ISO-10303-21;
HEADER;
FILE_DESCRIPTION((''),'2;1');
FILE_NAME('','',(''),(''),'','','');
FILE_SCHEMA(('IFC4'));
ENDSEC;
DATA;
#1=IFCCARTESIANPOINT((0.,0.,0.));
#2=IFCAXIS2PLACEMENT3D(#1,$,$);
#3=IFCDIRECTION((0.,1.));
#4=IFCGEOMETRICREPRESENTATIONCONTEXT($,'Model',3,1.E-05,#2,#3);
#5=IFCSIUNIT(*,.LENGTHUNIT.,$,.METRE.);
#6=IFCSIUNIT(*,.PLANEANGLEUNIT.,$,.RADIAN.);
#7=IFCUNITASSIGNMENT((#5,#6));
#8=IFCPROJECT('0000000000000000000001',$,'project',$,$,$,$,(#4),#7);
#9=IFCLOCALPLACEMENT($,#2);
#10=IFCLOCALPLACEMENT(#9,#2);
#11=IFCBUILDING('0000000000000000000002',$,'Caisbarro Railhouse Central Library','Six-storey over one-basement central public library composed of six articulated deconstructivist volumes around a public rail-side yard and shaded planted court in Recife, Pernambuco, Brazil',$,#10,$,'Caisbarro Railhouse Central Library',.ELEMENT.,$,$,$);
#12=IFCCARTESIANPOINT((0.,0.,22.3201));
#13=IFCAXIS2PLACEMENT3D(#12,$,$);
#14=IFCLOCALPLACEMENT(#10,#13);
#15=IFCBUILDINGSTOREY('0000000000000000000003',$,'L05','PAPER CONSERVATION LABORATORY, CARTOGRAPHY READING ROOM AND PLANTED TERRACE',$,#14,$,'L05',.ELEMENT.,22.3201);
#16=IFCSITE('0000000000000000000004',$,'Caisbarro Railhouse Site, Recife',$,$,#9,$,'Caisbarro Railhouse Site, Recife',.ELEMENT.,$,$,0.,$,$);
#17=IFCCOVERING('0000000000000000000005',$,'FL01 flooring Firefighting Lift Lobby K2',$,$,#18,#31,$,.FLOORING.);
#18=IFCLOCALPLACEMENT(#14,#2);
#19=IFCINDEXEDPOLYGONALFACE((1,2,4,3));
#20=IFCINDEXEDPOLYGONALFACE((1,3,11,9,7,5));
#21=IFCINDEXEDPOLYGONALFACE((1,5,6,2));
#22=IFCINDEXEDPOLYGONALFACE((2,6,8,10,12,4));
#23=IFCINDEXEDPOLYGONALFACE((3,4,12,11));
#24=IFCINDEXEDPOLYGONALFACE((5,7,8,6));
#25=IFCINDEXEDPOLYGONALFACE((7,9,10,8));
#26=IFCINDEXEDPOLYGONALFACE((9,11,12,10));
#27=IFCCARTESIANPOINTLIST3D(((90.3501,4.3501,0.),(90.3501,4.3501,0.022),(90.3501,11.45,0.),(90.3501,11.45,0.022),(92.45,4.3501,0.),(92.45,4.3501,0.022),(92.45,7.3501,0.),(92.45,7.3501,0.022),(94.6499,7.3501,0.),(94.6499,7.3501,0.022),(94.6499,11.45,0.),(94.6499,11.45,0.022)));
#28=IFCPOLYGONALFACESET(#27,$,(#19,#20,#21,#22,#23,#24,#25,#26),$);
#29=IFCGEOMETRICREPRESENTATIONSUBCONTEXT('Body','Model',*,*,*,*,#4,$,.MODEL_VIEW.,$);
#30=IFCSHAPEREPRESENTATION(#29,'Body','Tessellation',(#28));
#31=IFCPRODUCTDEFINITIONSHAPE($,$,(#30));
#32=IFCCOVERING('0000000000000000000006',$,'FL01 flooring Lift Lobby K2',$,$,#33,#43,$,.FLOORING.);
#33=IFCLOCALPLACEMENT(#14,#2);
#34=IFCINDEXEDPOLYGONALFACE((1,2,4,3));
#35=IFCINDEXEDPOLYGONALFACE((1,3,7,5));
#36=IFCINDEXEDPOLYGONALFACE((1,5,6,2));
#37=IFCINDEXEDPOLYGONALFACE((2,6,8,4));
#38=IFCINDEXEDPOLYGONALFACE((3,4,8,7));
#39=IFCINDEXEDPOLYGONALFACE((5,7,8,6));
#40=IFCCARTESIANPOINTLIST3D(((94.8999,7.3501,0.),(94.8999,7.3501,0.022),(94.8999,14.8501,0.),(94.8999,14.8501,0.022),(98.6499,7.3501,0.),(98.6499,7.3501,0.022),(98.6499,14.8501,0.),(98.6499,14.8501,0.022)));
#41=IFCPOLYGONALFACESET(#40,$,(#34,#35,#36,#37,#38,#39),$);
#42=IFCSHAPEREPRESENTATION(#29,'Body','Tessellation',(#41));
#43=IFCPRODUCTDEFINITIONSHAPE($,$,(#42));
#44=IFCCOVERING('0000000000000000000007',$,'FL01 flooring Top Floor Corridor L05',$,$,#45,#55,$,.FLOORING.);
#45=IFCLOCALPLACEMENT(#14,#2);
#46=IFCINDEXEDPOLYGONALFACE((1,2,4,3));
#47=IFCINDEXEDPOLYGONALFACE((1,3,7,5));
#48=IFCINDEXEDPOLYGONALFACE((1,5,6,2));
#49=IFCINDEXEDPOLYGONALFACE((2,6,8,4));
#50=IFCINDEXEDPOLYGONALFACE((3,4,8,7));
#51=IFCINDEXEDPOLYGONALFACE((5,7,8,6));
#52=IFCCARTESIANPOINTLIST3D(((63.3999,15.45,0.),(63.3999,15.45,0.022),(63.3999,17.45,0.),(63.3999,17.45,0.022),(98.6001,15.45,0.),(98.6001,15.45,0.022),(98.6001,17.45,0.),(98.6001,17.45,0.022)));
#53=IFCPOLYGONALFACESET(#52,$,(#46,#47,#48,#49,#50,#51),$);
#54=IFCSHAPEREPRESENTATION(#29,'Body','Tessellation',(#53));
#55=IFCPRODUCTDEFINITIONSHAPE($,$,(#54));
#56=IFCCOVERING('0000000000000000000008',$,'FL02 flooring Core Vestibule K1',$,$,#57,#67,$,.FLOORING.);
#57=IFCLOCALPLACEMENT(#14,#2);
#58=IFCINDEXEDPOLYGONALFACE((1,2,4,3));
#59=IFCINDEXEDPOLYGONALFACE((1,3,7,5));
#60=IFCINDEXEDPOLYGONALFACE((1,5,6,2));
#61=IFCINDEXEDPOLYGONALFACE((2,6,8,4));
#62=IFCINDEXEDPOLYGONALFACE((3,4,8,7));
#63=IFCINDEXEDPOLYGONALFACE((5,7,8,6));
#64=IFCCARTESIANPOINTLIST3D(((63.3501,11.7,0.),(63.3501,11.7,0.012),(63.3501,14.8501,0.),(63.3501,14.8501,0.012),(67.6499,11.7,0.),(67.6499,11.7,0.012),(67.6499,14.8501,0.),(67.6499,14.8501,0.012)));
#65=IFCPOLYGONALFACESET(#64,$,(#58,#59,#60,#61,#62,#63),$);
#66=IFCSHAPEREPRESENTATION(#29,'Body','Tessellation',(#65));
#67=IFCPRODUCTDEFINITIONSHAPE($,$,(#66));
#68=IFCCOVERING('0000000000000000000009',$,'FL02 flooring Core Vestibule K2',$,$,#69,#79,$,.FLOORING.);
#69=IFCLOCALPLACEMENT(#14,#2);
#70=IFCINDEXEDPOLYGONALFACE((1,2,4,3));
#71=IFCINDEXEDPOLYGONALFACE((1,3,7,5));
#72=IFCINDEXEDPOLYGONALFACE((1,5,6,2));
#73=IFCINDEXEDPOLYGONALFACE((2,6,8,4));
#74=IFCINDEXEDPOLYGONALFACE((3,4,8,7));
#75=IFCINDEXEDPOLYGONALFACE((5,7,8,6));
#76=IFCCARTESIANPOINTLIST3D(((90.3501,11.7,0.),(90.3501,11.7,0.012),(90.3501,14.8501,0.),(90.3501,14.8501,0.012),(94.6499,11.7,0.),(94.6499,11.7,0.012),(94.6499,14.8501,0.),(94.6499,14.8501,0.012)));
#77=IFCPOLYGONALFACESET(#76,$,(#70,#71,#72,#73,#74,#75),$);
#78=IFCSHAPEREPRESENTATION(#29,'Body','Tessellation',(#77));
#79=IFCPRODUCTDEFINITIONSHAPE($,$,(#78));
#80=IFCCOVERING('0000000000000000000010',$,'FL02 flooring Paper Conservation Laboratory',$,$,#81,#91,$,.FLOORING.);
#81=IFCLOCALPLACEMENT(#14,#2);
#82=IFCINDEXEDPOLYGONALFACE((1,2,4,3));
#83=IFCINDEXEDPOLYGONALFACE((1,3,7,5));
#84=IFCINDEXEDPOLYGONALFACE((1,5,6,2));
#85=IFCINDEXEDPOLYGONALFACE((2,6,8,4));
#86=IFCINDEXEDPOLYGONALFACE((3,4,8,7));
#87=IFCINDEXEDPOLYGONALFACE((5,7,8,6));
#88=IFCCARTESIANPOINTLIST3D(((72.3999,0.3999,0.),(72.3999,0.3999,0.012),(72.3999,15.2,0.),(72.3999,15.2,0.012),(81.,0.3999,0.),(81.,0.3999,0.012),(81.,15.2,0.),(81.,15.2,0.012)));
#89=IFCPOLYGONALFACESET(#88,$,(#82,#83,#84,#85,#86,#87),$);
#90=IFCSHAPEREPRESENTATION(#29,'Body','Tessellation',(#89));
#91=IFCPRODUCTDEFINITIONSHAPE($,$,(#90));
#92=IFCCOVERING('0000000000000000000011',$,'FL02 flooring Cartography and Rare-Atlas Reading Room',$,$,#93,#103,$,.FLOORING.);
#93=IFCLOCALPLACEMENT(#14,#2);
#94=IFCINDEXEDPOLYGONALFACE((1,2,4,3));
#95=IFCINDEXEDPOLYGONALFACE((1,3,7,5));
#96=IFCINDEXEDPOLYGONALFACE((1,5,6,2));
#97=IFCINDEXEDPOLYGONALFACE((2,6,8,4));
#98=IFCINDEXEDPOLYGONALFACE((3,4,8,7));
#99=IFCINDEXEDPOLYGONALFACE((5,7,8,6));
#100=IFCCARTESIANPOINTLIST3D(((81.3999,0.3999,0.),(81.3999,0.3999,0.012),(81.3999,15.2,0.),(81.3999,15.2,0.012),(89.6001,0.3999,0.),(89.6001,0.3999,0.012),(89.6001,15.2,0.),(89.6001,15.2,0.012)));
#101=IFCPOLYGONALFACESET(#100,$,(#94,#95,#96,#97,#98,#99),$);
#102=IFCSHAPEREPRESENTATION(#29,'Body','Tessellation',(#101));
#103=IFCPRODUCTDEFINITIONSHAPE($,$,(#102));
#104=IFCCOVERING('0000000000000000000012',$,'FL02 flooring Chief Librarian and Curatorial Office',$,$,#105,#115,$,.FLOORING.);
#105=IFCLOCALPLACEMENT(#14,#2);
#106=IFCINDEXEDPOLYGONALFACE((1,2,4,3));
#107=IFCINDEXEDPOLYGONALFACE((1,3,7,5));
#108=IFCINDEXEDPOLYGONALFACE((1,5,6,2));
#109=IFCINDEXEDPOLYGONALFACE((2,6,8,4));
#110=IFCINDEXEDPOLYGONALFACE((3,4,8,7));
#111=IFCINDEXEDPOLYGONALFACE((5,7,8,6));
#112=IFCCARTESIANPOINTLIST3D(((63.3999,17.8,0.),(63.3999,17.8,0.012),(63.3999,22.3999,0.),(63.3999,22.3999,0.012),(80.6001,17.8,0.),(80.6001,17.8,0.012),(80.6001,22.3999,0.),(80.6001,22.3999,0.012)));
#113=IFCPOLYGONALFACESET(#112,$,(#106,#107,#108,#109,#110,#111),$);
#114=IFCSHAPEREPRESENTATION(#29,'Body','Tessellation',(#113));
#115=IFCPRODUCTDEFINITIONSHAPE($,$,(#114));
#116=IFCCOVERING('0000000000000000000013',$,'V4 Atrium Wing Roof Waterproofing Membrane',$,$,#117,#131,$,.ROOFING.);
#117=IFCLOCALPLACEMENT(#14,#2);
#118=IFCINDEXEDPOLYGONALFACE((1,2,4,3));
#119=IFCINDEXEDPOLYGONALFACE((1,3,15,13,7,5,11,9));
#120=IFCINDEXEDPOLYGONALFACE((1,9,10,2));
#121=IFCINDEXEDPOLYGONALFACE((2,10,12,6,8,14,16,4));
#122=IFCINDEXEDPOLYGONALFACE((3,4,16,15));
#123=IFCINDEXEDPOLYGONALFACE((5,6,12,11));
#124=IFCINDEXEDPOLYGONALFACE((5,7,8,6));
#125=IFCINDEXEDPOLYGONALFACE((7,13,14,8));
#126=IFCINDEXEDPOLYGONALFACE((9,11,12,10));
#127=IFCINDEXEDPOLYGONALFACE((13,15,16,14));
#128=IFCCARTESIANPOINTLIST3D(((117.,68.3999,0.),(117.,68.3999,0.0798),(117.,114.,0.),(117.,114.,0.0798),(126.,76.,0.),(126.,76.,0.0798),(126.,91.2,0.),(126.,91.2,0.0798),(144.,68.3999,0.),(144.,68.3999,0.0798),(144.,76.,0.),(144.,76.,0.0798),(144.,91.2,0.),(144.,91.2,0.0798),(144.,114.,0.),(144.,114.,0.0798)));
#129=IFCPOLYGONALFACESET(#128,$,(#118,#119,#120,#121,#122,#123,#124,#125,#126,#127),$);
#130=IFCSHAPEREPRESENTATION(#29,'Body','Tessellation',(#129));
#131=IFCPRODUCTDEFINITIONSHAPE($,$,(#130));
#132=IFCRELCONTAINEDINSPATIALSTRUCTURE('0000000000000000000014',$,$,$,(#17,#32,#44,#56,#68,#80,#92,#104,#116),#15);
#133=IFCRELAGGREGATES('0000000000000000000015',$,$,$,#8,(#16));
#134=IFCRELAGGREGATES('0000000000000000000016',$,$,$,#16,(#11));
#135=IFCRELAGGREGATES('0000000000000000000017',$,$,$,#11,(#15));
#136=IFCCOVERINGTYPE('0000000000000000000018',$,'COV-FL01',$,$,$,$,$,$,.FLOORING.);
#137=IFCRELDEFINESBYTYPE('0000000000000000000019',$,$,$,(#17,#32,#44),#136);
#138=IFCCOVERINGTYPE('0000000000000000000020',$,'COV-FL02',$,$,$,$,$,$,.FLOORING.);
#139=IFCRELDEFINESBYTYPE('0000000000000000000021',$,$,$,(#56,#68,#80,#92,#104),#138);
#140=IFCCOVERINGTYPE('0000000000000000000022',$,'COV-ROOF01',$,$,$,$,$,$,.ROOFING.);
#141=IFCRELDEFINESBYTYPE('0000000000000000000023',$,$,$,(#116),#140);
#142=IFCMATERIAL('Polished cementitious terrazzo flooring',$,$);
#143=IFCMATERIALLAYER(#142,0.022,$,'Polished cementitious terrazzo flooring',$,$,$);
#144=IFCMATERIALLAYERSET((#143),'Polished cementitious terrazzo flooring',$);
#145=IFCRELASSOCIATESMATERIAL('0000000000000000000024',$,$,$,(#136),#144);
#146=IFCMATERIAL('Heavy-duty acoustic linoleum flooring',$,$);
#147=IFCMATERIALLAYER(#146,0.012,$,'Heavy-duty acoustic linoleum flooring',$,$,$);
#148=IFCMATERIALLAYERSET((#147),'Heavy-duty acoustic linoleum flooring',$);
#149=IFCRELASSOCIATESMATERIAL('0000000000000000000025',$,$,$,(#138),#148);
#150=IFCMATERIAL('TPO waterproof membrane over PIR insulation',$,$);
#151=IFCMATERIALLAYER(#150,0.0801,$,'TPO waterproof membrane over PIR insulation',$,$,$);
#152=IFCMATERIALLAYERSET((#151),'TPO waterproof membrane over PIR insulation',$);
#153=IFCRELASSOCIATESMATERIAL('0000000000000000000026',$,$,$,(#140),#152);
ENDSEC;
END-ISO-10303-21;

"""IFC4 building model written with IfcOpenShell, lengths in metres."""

from ifc_helpers import new_model, si_unit, direction, frame, origin, place, context, subcontext, project, spatial, polyline, outline, extrude, material, layer, layer_set, type_object, element, save


model = new_model("IFC4")

# Units and contexts
model_context = context("Model", 3, precision=1e-05, world=origin(), true_north=direction((0.0, 1.0)))
body_context = subcontext(model_context, "Body", "Model", "MODEL_VIEW")
ifc_project = project(units=[si_unit("LENGTHUNIT", "METRE"), si_unit("PLANEANGLEUNIT", "RADIAN")], contexts=[model_context])

# Site, building, storey
site_placement = place(None, origin())
site = spatial("IfcSite", under=ifc_project, at=site_placement, Name="Caisbarro Railhouse Site, Recife", LongName="Caisbarro Railhouse Site, Recife", CompositionType="ELEMENT", RefElevation=0.0)
building_placement = place(site_placement, origin())
building = spatial("IfcBuilding", under=site, at=building_placement, Name="Caisbarro Railhouse Central Library", Description="Six-storey over one-basement central public library composed of six articulated deconstructivist volumes around a public rail-side yard and shaded planted court in Recife, Pernambuco, Brazil", LongName="Caisbarro Railhouse Central Library", CompositionType="ELEMENT")
storey_placement = place(building_placement, frame((0.0, 0.0, 22.3201)))
storey = spatial("IfcBuildingStorey", under=building, at=storey_placement, Name="L05", Description="PAPER CONSERVATION LABORATORY, CARTOGRAPHY READING ROOM AND PLANTED TERRACE", LongName="L05", CompositionType="ELEMENT", Elevation=22.3201)

# Coverings
ifc_material_1 = material(Name="Polished cementitious terrazzo flooring")
ifc_layer_1 = layer(ifc_material_1, 0.022, Name="Polished cementitious terrazzo flooring")
ifc_layer_set_1 = layer_set([ifc_layer_1], Name="Polished cementitious terrazzo flooring")
covering_type_1 = type_object("IfcCoveringType", Name="COV-FL01", PredefinedType="FLOORING", material=ifc_layer_set_1)
covering_1_placement = place(storey_placement, origin())
element("IfcCovering", 1, at=covering_1_placement, inside=storey, type_object=covering_type_1, Name="FL01 flooring Firefighting Lift Lobby K2", PredefinedType="FLOORING", context=body_context, shape_type="SweptSolid", body=[
    extrude(outline(polyline([(90.3501, 4.3501), (92.45, 4.3501), (92.45, 7.3501), (94.6499, 7.3501), (94.6499, 11.45), (90.3501, 11.45), (90.3501, 4.3501)])), origin(), (0.0, 0.0, 1.0), 0.022),
])
covering_2_placement = place(storey_placement, origin())
element("IfcCovering", 2, at=covering_2_placement, inside=storey, type_object=covering_type_1, Name="FL01 flooring Lift Lobby K2", PredefinedType="FLOORING", context=body_context, shape_type="SweptSolid", body=[
    extrude(outline(polyline([(94.8999, 7.3501), (98.6499, 7.3501), (98.6499, 14.8501), (94.8999, 14.8501), (94.8999, 7.3501)])), origin(), (0.0, 0.0, 1.0), 0.022),
])
covering_3_placement = place(storey_placement, origin())
element("IfcCovering", 3, at=covering_3_placement, inside=storey, type_object=covering_type_1, Name="FL01 flooring Top Floor Corridor L05", PredefinedType="FLOORING", context=body_context, shape_type="SweptSolid", body=[
    extrude(outline(polyline([(63.3999, 15.45), (98.6001, 15.45), (98.6001, 17.45), (63.3999, 17.45), (63.3999, 15.45)])), origin(), (0.0, 0.0, 1.0), 0.022),
])
ifc_material_2 = material(Name="Heavy-duty acoustic linoleum flooring")
ifc_layer_2 = layer(ifc_material_2, 0.012, Name="Heavy-duty acoustic linoleum flooring")
ifc_layer_set_2 = layer_set([ifc_layer_2], Name="Heavy-duty acoustic linoleum flooring")
covering_type_2 = type_object("IfcCoveringType", Name="COV-FL02", PredefinedType="FLOORING", material=ifc_layer_set_2)
covering_4_placement = place(storey_placement, origin())
element("IfcCovering", 4, at=covering_4_placement, inside=storey, type_object=covering_type_2, Name="FL02 flooring Core Vestibule K1", PredefinedType="FLOORING", context=body_context, shape_type="SweptSolid", body=[
    extrude(outline(polyline([(63.3501, 11.7), (67.6499, 11.7), (67.6499, 14.8501), (63.3501, 14.8501), (63.3501, 11.7)])), origin(), (0.0, 0.0, 1.0), 0.012),
])
covering_5_placement = place(storey_placement, origin())
element("IfcCovering", 5, at=covering_5_placement, inside=storey, type_object=covering_type_2, Name="FL02 flooring Core Vestibule K2", PredefinedType="FLOORING", context=body_context, shape_type="SweptSolid", body=[
    extrude(outline(polyline([(90.3501, 11.7), (94.6499, 11.7), (94.6499, 14.8501), (90.3501, 14.8501), (90.3501, 11.7)])), origin(), (0.0, 0.0, 1.0), 0.012),
])
covering_6_placement = place(storey_placement, origin())
element("IfcCovering", 6, at=covering_6_placement, inside=storey, type_object=covering_type_2, Name="FL02 flooring Paper Conservation Laboratory", PredefinedType="FLOORING", context=body_context, shape_type="SweptSolid", body=[
    extrude(outline(polyline([(72.3999, 0.3999), (81.0, 0.3999), (81.0, 15.2), (72.3999, 15.2), (72.3999, 0.3999)])), origin(), (0.0, 0.0, 1.0), 0.012),
])
covering_7_placement = place(storey_placement, origin())
element("IfcCovering", 7, at=covering_7_placement, inside=storey, type_object=covering_type_2, Name="FL02 flooring Cartography and Rare-Atlas Reading Room", PredefinedType="FLOORING", context=body_context, shape_type="SweptSolid", body=[
    extrude(outline(polyline([(81.3999, 0.3999), (89.6001, 0.3999), (89.6001, 15.2), (81.3999, 15.2), (81.3999, 0.3999)])), origin(), (0.0, 0.0, 1.0), 0.012),
])
covering_8_placement = place(storey_placement, origin())
element("IfcCovering", 8, at=covering_8_placement, inside=storey, type_object=covering_type_2, Name="FL02 flooring Chief Librarian and Curatorial Office", PredefinedType="FLOORING", context=body_context, shape_type="SweptSolid", body=[
    extrude(outline(polyline([(63.3999, 17.8), (80.6001, 17.8), (80.6001, 22.3999), (63.3999, 22.3999), (63.3999, 17.8)])), origin(), (0.0, 0.0, 1.0), 0.012),
])
ifc_material_3 = material(Name="TPO waterproof membrane over PIR insulation")
ifc_layer_3 = layer(ifc_material_3, 0.0801, Name="TPO waterproof membrane over PIR insulation")
ifc_layer_set_3 = layer_set([ifc_layer_3], Name="TPO waterproof membrane over PIR insulation")
covering_type_3 = type_object("IfcCoveringType", Name="COV-ROOF01", PredefinedType="ROOFING", material=ifc_layer_set_3)
covering_9_placement = place(storey_placement, origin())
element("IfcCovering", 9, at=covering_9_placement, inside=storey, type_object=covering_type_3, Name="V4 Atrium Wing Roof Waterproofing Membrane", PredefinedType="ROOFING", context=body_context, shape_type="SweptSolid", body=[
    extrude(outline(polyline([(117.0, 68.3999), (144.0, 68.3999), (144.0, 76.0), (126.0, 76.0), (126.0, 91.2), (144.0, 91.2), (144.0, 114.0), (117.0, 114.0), (117.0, 68.3999)])), origin(), (0.0, 0.0, 1.0), 0.0798),
])

save(model, "model.ifc")
